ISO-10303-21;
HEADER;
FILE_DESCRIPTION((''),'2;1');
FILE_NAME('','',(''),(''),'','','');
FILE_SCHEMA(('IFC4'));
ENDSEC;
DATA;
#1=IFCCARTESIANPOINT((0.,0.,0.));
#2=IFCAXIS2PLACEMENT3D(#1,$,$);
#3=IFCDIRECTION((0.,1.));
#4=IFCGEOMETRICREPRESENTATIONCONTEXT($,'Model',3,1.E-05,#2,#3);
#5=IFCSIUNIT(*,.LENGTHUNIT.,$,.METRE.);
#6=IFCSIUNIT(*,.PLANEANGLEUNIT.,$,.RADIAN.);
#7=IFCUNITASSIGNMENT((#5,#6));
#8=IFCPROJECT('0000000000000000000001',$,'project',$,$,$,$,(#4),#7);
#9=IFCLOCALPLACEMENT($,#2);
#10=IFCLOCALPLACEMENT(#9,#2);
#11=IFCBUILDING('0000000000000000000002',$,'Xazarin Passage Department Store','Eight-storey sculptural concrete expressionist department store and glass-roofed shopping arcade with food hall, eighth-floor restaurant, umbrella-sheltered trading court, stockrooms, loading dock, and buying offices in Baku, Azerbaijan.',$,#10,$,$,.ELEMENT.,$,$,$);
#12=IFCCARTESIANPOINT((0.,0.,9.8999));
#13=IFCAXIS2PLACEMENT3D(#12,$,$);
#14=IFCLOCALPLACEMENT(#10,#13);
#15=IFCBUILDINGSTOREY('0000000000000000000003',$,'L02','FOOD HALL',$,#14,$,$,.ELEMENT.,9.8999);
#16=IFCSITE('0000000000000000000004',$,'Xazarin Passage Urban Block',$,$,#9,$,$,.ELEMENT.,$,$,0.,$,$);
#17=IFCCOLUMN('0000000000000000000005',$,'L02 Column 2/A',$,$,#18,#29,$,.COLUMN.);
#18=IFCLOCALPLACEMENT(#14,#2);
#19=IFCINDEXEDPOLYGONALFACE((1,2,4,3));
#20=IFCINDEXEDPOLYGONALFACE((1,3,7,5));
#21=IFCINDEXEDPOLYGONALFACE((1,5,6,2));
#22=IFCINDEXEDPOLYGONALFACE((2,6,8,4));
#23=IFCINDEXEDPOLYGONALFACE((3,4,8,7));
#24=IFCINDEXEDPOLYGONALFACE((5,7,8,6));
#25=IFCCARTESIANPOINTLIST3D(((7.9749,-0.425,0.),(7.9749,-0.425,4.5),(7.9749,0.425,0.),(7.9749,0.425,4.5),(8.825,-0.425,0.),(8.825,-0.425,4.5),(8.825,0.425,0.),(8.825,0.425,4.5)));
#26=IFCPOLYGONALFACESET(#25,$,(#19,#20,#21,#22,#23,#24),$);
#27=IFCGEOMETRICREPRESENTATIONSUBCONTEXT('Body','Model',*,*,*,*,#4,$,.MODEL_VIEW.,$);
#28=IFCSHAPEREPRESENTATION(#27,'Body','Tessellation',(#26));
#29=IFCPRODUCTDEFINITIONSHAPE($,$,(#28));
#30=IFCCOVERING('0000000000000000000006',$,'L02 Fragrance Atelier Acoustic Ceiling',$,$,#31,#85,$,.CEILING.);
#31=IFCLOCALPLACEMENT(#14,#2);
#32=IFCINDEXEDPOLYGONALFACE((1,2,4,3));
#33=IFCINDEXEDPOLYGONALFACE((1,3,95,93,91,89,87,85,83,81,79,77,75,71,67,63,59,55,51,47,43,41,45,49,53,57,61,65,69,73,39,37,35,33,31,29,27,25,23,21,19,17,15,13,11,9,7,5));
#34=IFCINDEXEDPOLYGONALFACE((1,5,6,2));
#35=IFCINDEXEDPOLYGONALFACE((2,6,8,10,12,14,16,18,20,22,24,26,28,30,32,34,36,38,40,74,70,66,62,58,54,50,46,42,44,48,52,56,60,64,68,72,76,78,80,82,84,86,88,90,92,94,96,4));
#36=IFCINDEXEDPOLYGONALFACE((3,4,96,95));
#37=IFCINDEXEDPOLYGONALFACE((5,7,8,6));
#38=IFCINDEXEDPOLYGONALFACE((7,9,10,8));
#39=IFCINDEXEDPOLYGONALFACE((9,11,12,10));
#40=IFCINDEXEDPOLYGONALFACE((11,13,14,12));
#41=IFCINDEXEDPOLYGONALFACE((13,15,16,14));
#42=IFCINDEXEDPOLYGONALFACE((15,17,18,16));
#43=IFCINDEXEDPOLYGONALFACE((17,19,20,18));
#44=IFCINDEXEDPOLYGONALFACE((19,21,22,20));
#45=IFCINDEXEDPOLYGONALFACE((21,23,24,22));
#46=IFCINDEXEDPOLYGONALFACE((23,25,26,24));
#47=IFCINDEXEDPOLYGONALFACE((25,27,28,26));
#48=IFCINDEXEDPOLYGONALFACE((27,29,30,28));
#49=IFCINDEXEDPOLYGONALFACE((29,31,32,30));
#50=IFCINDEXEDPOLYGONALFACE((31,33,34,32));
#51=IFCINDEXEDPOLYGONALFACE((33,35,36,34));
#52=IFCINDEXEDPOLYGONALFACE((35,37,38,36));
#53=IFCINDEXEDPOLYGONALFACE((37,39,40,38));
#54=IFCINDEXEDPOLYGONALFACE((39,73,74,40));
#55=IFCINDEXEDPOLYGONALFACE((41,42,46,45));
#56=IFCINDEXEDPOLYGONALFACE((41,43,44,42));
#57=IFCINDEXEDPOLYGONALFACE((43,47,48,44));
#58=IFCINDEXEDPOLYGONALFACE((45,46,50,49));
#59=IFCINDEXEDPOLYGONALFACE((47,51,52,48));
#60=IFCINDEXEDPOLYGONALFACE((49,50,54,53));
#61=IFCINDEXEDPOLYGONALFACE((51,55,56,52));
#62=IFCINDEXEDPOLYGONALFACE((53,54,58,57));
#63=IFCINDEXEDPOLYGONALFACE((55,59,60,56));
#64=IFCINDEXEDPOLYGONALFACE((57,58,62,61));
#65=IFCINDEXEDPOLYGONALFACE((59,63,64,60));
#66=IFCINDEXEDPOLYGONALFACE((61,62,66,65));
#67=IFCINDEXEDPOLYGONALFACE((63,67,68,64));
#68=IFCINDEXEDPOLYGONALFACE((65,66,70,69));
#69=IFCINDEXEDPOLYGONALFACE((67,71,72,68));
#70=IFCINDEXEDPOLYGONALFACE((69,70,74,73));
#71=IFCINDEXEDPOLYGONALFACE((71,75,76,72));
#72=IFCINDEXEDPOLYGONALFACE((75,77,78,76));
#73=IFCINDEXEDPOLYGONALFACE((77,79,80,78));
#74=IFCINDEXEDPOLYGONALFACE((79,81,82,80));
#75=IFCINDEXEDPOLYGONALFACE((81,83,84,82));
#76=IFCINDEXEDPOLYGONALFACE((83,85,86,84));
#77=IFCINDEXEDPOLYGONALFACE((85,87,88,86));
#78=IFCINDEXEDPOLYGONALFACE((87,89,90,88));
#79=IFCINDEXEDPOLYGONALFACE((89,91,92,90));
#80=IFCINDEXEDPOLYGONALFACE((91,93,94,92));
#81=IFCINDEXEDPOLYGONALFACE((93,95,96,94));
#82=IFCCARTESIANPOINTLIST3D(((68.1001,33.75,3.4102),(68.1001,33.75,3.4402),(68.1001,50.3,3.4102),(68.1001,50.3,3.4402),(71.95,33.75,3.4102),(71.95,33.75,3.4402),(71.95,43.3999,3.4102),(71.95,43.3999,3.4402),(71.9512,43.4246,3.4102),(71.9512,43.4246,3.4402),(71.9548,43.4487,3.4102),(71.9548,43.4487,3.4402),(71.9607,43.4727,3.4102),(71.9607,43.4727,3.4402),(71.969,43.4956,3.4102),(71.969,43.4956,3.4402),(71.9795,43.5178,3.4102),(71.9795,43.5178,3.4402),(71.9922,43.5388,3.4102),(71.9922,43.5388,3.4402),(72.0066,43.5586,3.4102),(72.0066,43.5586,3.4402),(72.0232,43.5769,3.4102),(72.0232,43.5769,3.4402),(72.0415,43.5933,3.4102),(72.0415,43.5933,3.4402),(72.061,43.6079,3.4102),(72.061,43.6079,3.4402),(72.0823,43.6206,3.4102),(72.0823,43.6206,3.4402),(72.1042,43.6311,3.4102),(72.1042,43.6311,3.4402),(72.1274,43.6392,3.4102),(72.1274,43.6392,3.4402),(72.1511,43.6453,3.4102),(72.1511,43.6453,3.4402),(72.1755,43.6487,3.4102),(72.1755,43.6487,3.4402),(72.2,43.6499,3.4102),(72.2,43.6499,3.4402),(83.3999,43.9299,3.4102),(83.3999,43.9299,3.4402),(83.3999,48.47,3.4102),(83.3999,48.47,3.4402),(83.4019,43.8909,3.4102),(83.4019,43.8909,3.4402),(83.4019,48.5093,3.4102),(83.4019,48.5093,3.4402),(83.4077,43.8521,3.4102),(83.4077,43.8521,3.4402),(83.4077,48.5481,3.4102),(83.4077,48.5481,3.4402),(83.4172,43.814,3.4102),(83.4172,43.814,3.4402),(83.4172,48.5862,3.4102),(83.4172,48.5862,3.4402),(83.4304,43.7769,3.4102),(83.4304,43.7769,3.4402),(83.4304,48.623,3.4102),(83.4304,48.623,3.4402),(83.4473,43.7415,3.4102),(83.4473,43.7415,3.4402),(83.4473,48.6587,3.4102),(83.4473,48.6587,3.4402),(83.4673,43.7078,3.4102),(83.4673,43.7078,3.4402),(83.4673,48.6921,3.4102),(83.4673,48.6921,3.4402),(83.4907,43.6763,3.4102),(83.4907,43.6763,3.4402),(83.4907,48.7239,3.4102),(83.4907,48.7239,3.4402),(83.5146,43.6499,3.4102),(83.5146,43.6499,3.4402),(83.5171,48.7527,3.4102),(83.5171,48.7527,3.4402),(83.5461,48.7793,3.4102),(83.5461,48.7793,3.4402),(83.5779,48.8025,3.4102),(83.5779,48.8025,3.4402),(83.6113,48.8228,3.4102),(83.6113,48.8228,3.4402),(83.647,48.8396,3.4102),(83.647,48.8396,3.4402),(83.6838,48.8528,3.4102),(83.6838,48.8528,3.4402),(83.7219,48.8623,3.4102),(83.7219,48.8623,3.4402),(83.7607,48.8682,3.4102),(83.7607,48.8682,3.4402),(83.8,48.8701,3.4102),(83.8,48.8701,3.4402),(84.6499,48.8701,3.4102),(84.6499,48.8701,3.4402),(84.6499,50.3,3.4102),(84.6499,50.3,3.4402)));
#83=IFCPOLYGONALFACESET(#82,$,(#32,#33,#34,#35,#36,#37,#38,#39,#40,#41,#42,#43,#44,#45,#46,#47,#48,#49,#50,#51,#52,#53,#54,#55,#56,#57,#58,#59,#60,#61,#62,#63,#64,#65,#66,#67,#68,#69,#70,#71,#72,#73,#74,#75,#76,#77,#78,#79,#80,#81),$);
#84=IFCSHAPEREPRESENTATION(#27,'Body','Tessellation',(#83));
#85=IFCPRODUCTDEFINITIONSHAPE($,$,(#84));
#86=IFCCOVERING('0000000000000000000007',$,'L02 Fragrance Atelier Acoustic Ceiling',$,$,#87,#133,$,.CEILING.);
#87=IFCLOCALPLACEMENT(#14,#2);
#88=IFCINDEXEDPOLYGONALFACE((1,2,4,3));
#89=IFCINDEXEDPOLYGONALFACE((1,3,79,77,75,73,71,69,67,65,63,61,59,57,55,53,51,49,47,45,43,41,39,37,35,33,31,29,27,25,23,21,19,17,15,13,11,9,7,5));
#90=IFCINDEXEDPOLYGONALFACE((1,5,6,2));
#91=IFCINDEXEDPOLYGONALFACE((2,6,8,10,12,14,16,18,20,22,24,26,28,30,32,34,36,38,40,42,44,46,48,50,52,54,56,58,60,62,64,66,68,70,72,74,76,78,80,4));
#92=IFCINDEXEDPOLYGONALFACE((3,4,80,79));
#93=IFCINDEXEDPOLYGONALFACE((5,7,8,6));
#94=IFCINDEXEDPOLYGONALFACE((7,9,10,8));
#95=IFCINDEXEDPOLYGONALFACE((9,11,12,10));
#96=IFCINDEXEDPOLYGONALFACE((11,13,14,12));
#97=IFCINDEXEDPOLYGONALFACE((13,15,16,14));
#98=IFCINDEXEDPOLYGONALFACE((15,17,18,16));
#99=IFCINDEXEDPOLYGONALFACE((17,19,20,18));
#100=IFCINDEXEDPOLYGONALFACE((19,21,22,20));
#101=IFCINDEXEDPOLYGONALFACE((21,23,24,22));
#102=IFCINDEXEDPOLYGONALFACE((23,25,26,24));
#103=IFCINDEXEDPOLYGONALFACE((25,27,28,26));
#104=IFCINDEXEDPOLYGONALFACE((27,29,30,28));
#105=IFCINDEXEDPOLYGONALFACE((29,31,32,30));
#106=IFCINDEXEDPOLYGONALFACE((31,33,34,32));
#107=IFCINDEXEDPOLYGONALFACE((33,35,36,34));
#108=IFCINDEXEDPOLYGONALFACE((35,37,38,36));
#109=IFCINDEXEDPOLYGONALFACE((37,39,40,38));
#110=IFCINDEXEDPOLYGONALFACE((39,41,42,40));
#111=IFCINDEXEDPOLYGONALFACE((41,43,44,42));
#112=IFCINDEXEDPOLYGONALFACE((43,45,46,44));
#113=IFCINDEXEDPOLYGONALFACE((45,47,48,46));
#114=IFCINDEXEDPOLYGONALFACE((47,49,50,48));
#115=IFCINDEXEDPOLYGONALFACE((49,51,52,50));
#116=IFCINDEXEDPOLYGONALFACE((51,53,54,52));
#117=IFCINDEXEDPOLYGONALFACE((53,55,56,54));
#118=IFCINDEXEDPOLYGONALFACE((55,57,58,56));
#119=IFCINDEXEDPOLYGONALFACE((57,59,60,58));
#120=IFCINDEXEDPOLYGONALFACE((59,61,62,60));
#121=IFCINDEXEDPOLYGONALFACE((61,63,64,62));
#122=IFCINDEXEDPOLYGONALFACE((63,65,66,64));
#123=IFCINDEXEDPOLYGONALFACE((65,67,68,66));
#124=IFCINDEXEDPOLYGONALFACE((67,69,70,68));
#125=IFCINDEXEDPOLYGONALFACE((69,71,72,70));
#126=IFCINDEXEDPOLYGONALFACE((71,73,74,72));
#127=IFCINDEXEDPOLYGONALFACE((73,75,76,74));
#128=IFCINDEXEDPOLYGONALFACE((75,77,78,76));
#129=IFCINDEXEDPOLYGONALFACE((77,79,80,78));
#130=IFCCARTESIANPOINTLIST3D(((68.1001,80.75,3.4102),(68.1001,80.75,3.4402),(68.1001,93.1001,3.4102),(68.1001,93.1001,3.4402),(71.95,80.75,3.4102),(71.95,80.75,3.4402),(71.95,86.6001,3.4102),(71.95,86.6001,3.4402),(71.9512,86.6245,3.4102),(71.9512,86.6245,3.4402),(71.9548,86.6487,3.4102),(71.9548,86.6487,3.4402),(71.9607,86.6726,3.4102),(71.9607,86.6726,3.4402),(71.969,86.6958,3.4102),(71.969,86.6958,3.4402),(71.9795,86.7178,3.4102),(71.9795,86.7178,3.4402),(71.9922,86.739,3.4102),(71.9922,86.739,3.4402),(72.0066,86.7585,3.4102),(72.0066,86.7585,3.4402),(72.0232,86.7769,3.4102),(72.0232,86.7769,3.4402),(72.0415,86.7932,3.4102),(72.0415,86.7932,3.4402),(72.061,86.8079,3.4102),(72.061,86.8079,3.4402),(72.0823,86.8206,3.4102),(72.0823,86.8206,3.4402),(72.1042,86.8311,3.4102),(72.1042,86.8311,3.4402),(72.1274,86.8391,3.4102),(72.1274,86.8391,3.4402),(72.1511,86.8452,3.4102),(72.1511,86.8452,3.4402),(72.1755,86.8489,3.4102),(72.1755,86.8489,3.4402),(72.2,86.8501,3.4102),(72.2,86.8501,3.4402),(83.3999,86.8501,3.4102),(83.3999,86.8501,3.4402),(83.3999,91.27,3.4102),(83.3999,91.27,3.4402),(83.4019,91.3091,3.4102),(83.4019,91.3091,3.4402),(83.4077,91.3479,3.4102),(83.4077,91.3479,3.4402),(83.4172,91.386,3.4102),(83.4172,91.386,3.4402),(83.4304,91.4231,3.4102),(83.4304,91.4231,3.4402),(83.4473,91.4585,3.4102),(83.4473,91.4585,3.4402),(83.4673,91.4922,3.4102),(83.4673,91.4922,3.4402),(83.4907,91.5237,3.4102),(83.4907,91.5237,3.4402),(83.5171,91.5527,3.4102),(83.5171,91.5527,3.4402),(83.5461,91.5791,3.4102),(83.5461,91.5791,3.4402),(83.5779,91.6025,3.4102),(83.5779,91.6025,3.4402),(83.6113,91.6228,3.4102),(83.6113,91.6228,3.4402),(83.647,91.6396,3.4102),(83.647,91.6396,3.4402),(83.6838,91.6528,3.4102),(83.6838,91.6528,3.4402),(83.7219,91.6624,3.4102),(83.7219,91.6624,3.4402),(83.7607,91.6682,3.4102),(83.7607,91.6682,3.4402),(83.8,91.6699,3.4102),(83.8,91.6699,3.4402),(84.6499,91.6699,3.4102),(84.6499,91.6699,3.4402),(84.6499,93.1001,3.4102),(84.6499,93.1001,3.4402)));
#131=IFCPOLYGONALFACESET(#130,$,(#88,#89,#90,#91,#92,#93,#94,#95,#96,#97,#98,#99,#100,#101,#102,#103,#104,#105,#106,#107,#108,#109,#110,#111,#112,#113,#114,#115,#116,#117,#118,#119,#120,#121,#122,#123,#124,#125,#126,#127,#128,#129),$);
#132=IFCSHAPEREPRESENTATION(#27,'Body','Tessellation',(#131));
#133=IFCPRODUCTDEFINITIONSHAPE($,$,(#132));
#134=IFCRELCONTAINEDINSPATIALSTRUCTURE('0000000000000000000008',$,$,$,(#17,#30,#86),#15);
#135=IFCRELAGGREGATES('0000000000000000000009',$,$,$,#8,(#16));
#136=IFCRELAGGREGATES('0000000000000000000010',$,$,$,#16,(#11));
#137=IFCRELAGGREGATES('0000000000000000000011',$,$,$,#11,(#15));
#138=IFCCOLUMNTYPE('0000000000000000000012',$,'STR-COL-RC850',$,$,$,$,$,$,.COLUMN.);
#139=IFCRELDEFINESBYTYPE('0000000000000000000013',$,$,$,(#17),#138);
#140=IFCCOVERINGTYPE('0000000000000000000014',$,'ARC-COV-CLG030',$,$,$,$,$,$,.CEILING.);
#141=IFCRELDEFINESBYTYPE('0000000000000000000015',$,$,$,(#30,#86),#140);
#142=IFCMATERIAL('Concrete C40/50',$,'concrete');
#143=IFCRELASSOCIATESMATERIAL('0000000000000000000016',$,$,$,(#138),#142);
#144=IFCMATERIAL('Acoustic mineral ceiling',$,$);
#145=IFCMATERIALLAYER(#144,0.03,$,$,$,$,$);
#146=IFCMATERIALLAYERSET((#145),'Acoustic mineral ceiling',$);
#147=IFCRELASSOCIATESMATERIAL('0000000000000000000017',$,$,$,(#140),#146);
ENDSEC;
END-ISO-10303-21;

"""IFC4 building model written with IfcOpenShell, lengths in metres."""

from ifc_helpers import new_model, si_unit, direction, frame, origin, origin_2d, place, context, subcontext, project, spatial, polyline, rectangle, outline, extrude, material, layer, layer_set, material_profile, profile_set, type_object, element, save


model = new_model("IFC4")

# Units and contexts
model_context = context("Model", 3, precision=1e-05, world=origin(), true_north=direction((0.0, 1.0)))
body_context = subcontext(model_context, "Body", "Model", "MODEL_VIEW")
ifc_project = project(units=[si_unit("LENGTHUNIT", "METRE"), si_unit("PLANEANGLEUNIT", "RADIAN")], contexts=[model_context])

# Site, building, storey
site_placement = place(None, origin())
site = spatial("IfcSite", under=ifc_project, at=site_placement, Name="Xazarin Passage Urban Block", CompositionType="ELEMENT", RefElevation=0.0)
building_placement = place(site_placement, origin())
building = spatial("IfcBuilding", under=site, at=building_placement, Name="Xazarin Passage Department Store", Description="Eight-storey sculptural concrete expressionist department store and glass-roofed shopping arcade with food hall, eighth-floor restaurant, umbrella-sheltered trading court, stockrooms, loading dock, and buying offices in Baku, Azerbaijan.", CompositionType="ELEMENT")
storey_placement = place(building_placement, frame((0.0, 0.0, 9.8999)))
storey = spatial("IfcBuildingStorey", under=building, at=storey_placement, Name="L02", Description="FOOD HALL", CompositionType="ELEMENT", Elevation=9.8999)

# Column
ifc_material_1 = material(Name="Concrete C40/50", Category="concrete")
ifc_material_profile = material_profile(ifc_material_1, rectangle(XDim=0.8501, YDim=0.8501, at=origin_2d()), Name="RC 850x850")
ifc_profile_set = profile_set([ifc_material_profile], Name="Concrete C40/50")
column_type = type_object("IfcColumnType", Name="STR-COL-RC850", PredefinedType="COLUMN", material=ifc_profile_set)
column_placement = place(storey_placement, frame((8.3999, 0.0, 0.0), z_axis=(0.0, 0.0, 1.0), x_axis=(1.0, 0.0, 0.0)))
element("IfcColumn", 1, at=column_placement, inside=storey, type_object=column_type, Name="L02 Column 2/A", PredefinedType="COLUMN", context=body_context, shape_type="SweptSolid", body=[
    extrude(rectangle(XDim=0.8501, YDim=0.8501, at=origin_2d()), origin(), (0.0, 0.0, 1.0), 4.5),
])

# Coverings
ifc_material_2 = material(Name="Acoustic mineral ceiling")
ifc_layer_1 = layer(ifc_material_2, 0.03)
ifc_layer_set_1 = layer_set([ifc_layer_1], Name="Acoustic mineral ceiling")
covering_type_1 = type_object("IfcCoveringType", Name="ARC-COV-CLG030", PredefinedType="CEILING", material=ifc_layer_set_1)
covering_1_placement = place(storey_placement, frame((0.0, 0.0, 3.4102)))
element("IfcCovering", 2, at=covering_1_placement, inside=storey, type_object=covering_type_1, Name="L02 Fragrance Atelier Acoustic Ceiling", PredefinedType="CEILING", context=body_context, shape_type="SweptSolid", body=[
    extrude(outline(polyline([(83.5146, 43.6499), (83.4907, 43.6763), (83.4673, 43.7078), (83.4473, 43.7415), (83.4304, 43.7769), (83.4172, 43.814), (83.4077, 43.8521), (83.4019, 43.8909), (83.3999, 43.9299), (83.3999, 48.47), (83.4019, 48.5093), (83.4077, 48.5481), (83.4172, 48.5862), (83.4304, 48.623), (83.4473, 48.6587), (83.4673, 48.6921), (83.4907, 48.7239), (83.5171, 48.7527), (83.5461, 48.7793), (83.5779, 48.8025), (83.6113, 48.8228), (83.647, 48.8396), (83.6838, 48.8528), (83.7219, 48.8623), (83.7607, 48.8682), (83.8, 48.8701), (84.6499, 48.8701), (84.6499, 50.3), (68.1001, 50.3), (68.1001, 33.75), (71.95, 33.75), (71.95, 43.3999), (71.9512, 43.4246), (71.9548, 43.4487), (71.9607, 43.4727), (71.969, 43.4956), (71.9795, 43.5178), (71.9922, 43.5388), (72.0066, 43.5586), (72.0232, 43.5769), (72.0415, 43.5933), (72.061, 43.6079), (72.0823, 43.6206), (72.1042, 43.6311), (72.1274, 43.6392), (72.1511, 43.6453), (72.1755, 43.6487), (72.2, 43.6499), (83.5146, 43.6499)])), origin(), (0.0, 0.0, 1.0), 0.03),
])
covering_2_placement = place(storey_placement, frame((0.0, 0.0, 3.4102)))
element("IfcCovering", 3, at=covering_2_placement, inside=storey, type_object=covering_type_1, Name="L02 Fragrance Atelier Acoustic Ceiling", PredefinedType="CEILING", context=body_context, shape_type="SweptSolid", body=[
    extrude(outline(polyline([(83.3999, 86.8501), (83.3999, 91.27), (83.4019, 91.3091), (83.4077, 91.3479), (83.4172, 91.386), (83.4304, 91.4231), (83.4473, 91.4585), (83.4673, 91.4922), (83.4907, 91.5237), (83.5171, 91.5527), (83.5461, 91.5791), (83.5779, 91.6025), (83.6113, 91.6228), (83.647, 91.6396), (83.6838, 91.6528), (83.7219, 91.6624), (83.7607, 91.6682), (83.8, 91.6699), (84.6499, 91.6699), (84.6499, 93.1001), (68.1001, 93.1001), (68.1001, 80.75), (71.95, 80.75), (71.95, 86.6001), (71.9512, 86.6245), (71.9548, 86.6487), (71.9607, 86.6726), (71.969, 86.6958), (71.9795, 86.7178), (71.9922, 86.739), (72.0066, 86.7585), (72.0232, 86.7769), (72.0415, 86.7932), (72.061, 86.8079), (72.0823, 86.8206), (72.1042, 86.8311), (72.1274, 86.8391), (72.1511, 86.8452), (72.1755, 86.8489), (72.2, 86.8501), (83.3999, 86.8501)])), origin(), (0.0, 0.0, 1.0), 0.03),
])

save(model, "model.ifc")
